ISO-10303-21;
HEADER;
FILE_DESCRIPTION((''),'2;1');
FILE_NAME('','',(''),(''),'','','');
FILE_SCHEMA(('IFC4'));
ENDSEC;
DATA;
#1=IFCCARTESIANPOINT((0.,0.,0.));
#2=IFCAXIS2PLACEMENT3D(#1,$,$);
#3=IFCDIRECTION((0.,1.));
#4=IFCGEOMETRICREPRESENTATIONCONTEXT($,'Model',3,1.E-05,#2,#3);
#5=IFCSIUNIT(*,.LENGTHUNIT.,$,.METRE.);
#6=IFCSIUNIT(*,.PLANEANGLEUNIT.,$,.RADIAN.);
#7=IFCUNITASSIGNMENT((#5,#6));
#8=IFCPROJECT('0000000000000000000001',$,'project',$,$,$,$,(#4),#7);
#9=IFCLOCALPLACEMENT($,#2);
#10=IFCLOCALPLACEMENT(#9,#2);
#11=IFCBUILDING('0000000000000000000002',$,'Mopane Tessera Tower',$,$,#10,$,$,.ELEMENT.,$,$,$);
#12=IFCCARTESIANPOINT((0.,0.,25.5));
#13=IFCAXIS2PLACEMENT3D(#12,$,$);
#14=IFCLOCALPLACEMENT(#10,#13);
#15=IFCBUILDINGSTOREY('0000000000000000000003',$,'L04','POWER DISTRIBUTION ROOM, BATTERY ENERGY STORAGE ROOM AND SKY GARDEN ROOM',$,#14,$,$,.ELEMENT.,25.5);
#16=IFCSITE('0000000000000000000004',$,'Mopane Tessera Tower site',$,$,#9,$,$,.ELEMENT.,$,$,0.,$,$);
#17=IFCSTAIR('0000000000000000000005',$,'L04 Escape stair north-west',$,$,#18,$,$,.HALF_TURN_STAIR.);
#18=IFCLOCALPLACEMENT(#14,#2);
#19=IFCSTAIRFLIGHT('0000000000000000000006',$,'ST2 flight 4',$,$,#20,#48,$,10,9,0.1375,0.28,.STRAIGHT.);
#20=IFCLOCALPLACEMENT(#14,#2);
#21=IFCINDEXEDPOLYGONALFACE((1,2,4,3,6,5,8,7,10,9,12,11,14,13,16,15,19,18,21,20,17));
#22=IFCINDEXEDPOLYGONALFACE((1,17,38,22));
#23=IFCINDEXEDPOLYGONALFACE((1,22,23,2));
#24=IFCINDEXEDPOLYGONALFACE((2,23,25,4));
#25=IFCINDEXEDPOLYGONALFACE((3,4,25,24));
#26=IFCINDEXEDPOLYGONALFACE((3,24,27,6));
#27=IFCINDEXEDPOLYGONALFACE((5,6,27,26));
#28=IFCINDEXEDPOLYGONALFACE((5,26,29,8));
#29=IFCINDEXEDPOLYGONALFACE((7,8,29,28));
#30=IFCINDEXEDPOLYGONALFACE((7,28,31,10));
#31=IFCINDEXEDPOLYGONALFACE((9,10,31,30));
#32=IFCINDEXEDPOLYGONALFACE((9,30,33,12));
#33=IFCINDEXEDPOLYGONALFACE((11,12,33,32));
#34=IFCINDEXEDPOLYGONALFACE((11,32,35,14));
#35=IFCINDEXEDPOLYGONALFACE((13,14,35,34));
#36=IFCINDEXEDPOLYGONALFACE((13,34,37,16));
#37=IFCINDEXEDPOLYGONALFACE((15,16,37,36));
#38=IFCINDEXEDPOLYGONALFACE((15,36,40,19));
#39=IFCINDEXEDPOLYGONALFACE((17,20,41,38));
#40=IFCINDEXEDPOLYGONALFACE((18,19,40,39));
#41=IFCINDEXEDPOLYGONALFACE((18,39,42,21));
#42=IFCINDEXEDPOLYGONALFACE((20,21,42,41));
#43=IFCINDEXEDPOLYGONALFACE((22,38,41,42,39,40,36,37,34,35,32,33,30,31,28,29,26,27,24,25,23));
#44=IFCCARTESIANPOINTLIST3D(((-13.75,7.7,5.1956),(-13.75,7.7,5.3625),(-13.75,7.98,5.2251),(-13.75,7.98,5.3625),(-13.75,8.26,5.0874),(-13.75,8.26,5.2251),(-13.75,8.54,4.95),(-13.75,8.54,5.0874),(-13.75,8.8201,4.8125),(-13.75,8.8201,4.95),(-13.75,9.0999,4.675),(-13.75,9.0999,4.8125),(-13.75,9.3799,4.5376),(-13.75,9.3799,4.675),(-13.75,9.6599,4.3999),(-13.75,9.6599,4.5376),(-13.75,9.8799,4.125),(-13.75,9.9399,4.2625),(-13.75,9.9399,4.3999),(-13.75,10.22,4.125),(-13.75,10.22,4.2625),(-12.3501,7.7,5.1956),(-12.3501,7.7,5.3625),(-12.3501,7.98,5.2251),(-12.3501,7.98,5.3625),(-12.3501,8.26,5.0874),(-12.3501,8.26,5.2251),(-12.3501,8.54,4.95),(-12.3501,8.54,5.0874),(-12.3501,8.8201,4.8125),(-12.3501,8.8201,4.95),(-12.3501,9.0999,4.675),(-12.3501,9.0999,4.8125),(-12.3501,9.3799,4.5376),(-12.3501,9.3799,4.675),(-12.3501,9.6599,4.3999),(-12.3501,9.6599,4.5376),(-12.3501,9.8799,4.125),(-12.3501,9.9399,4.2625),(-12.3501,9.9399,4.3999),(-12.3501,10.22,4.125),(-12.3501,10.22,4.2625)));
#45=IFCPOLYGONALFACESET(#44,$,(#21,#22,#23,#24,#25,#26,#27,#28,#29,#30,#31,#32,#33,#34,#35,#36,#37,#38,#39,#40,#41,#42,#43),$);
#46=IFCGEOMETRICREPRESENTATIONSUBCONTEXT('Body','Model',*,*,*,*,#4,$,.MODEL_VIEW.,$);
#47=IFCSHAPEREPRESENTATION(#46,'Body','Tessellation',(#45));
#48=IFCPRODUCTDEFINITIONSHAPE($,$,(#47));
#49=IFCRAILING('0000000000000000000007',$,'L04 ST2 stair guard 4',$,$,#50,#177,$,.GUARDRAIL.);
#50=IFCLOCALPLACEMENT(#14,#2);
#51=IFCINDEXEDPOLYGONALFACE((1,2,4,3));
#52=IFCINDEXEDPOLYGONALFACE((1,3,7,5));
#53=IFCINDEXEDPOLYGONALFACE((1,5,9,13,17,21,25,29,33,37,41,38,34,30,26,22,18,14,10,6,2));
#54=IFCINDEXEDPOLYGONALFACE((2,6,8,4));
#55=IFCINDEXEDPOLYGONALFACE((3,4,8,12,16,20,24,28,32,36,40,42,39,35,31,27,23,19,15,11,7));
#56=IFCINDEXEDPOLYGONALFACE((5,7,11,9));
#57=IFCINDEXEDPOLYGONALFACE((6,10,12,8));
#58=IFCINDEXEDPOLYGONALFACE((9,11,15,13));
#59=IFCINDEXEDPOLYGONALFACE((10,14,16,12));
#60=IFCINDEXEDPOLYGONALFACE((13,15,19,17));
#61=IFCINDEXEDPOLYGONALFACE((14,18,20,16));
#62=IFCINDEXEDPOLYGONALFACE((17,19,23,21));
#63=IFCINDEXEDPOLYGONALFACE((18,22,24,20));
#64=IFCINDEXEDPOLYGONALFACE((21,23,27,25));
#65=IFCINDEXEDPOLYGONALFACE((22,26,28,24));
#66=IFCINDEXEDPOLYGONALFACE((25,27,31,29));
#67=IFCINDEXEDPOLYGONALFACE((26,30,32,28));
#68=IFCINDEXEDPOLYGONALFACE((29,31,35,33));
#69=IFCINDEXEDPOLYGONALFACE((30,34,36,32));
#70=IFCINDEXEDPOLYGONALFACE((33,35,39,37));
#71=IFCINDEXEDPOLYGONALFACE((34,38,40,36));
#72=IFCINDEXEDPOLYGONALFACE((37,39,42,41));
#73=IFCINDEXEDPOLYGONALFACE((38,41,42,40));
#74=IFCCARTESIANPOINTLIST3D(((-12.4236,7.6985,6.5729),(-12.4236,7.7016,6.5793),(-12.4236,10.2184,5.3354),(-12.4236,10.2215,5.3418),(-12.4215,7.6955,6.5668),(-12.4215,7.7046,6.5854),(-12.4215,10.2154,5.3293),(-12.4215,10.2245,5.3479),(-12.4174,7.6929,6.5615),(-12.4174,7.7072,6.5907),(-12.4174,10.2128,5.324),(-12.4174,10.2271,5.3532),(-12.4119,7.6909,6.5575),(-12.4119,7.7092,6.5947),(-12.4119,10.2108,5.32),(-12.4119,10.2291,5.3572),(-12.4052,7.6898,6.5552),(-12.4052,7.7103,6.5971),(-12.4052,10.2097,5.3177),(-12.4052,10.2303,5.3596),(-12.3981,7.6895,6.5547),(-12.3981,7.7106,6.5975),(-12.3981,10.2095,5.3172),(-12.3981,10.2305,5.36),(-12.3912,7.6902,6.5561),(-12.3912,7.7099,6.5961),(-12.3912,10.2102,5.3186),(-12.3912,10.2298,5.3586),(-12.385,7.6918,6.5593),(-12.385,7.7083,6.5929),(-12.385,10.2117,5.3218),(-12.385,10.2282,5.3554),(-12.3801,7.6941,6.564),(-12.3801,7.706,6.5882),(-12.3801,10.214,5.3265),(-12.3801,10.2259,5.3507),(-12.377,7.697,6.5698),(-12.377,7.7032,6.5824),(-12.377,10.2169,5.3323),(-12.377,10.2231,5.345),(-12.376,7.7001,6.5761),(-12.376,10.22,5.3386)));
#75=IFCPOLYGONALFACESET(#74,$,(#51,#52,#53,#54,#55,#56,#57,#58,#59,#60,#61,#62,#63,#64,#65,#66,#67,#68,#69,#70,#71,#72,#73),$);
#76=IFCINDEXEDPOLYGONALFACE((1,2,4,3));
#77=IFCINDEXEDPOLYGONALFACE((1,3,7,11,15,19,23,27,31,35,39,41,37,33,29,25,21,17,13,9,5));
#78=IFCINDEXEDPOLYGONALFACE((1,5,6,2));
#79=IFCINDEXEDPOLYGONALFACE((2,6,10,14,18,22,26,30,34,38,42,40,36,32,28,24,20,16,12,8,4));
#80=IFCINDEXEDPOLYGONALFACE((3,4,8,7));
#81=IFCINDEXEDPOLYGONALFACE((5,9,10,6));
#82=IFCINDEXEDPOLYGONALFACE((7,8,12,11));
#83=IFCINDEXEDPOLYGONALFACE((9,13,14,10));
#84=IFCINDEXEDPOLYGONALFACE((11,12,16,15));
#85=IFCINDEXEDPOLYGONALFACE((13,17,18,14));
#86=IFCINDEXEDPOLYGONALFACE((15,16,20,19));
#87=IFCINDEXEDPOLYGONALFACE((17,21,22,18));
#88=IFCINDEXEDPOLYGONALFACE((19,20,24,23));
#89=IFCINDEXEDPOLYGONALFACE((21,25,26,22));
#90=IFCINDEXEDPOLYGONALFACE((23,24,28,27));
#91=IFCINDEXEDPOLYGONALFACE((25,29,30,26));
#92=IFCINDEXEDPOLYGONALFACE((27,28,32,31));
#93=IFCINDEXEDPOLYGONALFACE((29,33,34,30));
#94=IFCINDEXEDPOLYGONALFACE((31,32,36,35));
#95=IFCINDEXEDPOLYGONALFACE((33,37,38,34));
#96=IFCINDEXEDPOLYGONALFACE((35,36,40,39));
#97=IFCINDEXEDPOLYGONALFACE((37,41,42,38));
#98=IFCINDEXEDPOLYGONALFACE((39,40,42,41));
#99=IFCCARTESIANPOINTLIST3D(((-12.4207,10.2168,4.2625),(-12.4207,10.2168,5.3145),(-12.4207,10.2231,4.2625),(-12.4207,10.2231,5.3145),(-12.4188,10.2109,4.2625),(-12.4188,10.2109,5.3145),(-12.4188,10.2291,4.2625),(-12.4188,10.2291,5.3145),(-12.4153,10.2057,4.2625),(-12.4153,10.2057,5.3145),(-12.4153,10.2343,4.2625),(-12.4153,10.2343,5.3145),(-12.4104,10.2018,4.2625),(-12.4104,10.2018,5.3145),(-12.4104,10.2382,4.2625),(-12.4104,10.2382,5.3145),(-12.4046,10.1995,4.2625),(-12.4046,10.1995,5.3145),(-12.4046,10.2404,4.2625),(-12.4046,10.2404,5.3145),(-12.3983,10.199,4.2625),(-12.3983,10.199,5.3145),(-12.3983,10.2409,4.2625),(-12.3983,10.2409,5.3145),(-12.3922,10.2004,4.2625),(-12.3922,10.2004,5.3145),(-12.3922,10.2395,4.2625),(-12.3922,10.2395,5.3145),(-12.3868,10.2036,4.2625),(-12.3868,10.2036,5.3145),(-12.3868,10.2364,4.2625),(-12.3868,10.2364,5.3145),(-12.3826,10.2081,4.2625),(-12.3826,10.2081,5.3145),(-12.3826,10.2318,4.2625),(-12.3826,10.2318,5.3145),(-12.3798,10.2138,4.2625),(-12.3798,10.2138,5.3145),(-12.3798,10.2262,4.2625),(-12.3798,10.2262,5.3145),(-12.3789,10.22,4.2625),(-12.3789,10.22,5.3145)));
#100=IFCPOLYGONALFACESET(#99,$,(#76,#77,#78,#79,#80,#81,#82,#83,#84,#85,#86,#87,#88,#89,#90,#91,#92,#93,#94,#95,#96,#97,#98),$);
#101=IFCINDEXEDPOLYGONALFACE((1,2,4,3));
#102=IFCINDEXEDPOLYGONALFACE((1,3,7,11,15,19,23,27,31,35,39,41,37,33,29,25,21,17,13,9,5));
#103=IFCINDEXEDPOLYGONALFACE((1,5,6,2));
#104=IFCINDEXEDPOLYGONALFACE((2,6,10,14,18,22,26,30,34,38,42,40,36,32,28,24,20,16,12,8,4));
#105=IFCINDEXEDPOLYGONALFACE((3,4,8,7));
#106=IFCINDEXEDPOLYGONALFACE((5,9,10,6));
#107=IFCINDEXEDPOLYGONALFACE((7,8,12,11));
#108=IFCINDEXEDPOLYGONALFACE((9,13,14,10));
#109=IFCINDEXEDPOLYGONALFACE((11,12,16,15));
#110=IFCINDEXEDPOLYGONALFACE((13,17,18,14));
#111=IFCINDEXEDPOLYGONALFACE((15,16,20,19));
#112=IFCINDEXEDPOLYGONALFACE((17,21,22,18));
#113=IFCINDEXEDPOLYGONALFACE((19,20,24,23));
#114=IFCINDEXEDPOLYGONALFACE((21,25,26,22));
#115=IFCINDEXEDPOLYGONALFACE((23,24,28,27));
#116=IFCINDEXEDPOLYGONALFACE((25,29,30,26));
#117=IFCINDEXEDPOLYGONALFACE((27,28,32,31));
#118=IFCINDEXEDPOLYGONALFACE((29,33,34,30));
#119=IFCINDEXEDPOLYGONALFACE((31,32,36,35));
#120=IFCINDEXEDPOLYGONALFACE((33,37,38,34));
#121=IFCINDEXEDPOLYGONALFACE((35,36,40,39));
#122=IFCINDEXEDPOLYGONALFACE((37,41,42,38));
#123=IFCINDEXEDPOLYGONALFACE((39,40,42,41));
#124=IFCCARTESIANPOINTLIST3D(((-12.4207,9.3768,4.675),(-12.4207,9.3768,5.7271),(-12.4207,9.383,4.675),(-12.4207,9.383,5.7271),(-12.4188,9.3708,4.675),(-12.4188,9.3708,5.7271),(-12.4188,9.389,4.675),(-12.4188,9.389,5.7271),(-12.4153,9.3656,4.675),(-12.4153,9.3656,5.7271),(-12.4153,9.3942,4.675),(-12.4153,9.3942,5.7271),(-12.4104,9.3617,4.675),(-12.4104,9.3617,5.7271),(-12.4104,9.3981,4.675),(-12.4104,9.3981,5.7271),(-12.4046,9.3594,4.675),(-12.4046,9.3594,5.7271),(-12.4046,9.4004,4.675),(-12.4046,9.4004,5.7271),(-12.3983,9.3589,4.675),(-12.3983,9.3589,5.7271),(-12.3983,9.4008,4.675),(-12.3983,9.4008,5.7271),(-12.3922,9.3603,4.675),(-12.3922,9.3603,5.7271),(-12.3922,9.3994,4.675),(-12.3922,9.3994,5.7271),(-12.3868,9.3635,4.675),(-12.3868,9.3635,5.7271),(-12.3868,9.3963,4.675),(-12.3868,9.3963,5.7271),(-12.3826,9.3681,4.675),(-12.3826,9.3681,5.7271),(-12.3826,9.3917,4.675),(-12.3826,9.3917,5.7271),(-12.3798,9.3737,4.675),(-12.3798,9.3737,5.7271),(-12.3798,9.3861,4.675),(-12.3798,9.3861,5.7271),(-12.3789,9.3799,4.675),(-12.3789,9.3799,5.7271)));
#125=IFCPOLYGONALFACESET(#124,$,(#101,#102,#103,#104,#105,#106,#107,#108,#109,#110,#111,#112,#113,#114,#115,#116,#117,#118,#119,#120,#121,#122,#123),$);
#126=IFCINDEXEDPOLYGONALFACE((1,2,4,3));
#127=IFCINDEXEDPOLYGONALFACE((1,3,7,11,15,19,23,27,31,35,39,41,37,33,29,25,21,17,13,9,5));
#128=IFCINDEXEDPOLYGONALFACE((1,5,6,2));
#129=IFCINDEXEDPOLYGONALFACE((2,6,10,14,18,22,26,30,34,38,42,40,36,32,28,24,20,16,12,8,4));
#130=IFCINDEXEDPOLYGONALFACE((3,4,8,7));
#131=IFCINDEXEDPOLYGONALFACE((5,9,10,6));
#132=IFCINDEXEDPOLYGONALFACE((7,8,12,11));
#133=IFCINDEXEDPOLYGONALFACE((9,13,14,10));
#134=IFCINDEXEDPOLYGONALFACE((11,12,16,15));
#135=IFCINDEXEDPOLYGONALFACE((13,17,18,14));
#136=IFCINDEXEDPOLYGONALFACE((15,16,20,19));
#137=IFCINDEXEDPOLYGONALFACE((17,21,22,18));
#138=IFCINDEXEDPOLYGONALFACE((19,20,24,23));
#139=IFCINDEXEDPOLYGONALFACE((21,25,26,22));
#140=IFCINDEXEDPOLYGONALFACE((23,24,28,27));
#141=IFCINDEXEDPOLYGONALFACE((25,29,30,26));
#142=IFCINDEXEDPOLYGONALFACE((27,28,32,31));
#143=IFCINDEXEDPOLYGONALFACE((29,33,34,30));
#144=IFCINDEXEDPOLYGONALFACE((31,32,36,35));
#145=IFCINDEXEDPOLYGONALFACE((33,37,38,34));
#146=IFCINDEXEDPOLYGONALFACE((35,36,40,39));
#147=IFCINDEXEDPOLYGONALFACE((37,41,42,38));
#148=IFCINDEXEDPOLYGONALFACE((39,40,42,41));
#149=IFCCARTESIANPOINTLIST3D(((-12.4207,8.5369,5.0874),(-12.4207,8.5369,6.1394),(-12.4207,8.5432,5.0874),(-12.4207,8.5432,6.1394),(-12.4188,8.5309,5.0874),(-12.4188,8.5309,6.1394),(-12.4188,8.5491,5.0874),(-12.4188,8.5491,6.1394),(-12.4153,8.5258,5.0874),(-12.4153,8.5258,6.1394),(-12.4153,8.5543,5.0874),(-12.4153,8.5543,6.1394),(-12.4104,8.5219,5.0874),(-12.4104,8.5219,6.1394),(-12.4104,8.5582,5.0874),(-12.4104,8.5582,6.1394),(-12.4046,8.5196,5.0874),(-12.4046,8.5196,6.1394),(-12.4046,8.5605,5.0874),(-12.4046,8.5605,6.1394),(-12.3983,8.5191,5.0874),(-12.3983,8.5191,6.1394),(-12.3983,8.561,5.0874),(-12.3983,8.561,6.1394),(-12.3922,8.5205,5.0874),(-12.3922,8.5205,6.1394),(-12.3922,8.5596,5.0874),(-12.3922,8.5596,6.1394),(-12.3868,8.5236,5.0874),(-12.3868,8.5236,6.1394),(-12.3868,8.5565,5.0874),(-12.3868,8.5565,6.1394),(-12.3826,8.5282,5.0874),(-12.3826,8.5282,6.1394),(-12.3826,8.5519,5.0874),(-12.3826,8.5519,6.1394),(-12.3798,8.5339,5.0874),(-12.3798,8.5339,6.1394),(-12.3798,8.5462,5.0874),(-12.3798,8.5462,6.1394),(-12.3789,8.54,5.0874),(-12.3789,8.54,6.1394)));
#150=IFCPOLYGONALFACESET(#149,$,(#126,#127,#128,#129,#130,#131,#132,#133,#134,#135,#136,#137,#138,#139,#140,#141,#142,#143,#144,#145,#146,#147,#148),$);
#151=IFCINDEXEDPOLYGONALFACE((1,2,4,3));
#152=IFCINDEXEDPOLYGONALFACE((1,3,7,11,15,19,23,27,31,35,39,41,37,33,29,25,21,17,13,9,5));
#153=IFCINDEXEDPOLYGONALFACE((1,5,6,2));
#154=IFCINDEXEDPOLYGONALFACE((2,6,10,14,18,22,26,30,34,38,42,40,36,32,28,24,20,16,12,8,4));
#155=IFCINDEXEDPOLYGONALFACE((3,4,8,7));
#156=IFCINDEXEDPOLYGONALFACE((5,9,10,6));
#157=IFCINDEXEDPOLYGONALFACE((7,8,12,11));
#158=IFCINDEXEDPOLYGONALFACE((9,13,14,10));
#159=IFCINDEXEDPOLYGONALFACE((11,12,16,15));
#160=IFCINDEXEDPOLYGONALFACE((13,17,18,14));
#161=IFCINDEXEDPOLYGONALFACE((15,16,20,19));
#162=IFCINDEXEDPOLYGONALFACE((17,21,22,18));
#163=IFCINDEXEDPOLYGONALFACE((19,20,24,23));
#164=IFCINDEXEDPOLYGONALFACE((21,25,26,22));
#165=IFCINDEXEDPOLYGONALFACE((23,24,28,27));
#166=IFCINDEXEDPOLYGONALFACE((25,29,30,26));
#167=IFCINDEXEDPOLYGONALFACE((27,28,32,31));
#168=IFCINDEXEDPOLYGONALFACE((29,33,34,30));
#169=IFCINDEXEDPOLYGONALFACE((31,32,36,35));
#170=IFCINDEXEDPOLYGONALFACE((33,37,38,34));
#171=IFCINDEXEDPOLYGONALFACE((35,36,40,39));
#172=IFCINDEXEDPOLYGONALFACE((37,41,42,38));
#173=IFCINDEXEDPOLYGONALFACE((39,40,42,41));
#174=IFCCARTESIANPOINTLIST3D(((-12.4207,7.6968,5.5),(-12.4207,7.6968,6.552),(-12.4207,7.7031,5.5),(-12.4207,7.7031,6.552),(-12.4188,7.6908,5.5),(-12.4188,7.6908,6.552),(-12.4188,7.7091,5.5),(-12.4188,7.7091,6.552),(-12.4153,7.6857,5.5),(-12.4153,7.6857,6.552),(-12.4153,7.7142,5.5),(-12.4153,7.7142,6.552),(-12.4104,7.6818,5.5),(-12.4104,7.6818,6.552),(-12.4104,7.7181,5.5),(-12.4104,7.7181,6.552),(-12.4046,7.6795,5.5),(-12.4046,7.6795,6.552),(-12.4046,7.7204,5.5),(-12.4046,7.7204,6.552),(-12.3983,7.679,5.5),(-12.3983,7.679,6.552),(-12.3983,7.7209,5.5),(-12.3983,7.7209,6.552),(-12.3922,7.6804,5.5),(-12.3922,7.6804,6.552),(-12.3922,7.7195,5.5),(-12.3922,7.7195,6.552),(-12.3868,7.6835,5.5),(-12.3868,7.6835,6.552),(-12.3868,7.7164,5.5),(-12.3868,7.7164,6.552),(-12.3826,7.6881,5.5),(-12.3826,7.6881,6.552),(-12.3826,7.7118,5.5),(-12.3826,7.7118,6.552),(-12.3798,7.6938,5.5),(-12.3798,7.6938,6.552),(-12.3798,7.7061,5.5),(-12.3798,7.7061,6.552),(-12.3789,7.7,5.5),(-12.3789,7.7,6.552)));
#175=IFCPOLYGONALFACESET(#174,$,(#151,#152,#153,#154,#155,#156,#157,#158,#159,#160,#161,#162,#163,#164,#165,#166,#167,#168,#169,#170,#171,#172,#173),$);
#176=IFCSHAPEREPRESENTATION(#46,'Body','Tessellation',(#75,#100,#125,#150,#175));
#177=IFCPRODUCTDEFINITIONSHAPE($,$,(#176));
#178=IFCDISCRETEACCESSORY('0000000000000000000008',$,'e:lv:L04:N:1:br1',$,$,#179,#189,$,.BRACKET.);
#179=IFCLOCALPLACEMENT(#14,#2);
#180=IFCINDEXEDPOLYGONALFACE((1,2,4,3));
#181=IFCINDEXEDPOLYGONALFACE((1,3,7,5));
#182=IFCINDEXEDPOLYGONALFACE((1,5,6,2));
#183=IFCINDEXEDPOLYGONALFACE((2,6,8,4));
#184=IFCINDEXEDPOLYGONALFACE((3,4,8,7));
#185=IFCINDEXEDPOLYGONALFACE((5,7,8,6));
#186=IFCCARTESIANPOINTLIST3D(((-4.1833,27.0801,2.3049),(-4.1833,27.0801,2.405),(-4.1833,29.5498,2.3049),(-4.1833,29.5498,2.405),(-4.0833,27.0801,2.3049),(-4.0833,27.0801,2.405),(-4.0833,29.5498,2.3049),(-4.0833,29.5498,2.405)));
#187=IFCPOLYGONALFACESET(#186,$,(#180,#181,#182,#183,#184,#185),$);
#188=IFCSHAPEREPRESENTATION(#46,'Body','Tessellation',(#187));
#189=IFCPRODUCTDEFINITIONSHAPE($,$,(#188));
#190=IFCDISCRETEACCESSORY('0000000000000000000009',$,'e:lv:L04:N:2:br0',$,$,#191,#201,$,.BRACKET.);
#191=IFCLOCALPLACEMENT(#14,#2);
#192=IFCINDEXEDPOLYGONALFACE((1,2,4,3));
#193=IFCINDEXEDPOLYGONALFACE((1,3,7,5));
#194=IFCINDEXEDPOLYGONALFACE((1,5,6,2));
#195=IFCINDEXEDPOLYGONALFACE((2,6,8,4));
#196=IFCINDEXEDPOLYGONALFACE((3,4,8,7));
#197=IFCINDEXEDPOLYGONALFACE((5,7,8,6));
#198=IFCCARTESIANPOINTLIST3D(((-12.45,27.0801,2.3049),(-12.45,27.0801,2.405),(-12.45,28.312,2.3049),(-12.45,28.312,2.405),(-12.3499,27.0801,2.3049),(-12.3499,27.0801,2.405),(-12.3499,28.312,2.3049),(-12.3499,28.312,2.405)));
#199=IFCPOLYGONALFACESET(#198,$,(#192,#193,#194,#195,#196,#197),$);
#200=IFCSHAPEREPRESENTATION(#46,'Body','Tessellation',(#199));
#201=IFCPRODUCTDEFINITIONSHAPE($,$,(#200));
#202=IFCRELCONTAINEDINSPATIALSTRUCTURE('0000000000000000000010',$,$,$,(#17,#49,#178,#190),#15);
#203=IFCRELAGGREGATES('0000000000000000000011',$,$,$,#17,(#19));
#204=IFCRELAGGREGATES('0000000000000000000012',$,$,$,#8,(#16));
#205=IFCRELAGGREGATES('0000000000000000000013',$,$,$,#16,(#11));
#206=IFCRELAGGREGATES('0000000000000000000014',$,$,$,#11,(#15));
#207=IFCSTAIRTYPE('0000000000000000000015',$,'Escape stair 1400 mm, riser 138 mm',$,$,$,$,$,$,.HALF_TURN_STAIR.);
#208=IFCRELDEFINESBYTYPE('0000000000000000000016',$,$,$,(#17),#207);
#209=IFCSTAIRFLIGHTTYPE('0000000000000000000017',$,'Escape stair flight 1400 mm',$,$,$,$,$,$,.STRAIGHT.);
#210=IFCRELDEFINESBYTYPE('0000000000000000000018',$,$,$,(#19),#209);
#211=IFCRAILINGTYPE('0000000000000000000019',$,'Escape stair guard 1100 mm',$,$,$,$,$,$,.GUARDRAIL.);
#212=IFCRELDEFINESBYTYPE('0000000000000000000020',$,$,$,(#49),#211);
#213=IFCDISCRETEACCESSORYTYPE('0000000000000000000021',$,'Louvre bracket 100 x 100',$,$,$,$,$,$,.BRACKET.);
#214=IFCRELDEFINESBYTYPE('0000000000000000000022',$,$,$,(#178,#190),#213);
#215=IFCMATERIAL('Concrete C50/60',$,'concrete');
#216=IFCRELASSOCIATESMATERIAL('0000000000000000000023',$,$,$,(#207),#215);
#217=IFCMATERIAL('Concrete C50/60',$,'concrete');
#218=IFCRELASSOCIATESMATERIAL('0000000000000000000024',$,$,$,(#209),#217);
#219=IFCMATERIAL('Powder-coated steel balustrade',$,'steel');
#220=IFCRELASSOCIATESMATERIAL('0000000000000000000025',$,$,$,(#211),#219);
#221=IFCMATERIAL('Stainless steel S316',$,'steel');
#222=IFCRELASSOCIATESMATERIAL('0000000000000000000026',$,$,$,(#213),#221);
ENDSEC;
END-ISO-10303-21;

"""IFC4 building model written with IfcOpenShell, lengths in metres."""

from ifc_helpers import new_model, si_unit, direction, frame, origin, origin_2d, place, context, subcontext, project, spatial, polyline, rectangle, circle, outline, extrude, material, type_object, element, aggregate, save


model = new_model("IFC4")

# Units and contexts
model_context = context("Model", 3, precision=1e-05, world=origin(), true_north=direction((0.0, 1.0)))
body_context = subcontext(model_context, "Body", "Model", "MODEL_VIEW")
ifc_project = project(units=[si_unit("LENGTHUNIT", "METRE"), si_unit("PLANEANGLEUNIT", "RADIAN")], contexts=[model_context])

# Site, building, storey
site_placement = place(None, origin())
site = spatial("IfcSite", under=ifc_project, at=site_placement, Name="Mopane Tessera Tower site", CompositionType="ELEMENT", RefElevation=0.0)
building_placement = place(site_placement, origin())
building = spatial("IfcBuilding", under=site, at=building_placement, Name="Mopane Tessera Tower", CompositionType="ELEMENT")
storey_placement = place(building_placement, frame((0.0, 0.0, 25.5)))
storey = spatial("IfcBuildingStorey", under=building, at=storey_placement, Name="L04", Description="POWER DISTRIBUTION ROOM, BATTERY ENERGY STORAGE ROOM AND SKY GARDEN ROOM", CompositionType="ELEMENT", Elevation=25.5)

# Stair, stair flight
ifc_material_1 = material(Name="Concrete C50/60", Category="concrete")
stair_type = type_object("IfcStairType", Name="Escape stair 1400 mm, riser 138 mm", PredefinedType="HALF_TURN_STAIR", material=ifc_material_1)
stair_placement = place(storey_placement, origin())
stair = element("IfcStair", 1, at=stair_placement, inside=storey, type_object=stair_type, Name="L04 Escape stair north-west", PredefinedType="HALF_TURN_STAIR")
ifc_material_2 = material(Name="Concrete C50/60", Category="concrete")
stair_flight_type = type_object("IfcStairFlightType", Name="Escape stair flight 1400 mm", PredefinedType="STRAIGHT", material=ifc_material_2)
stair_flight_1_placement = place(storey_placement, frame((-13.05, 10.22, 4.125), z_axis=(0.0, 0.0, 1.0), x_axis=(0.0, -1.0, 0.0)))
stair_flight_1 = element("IfcStairFlight", 2, at=stair_flight_1_placement, type_object=stair_flight_type, Name="ST2 flight 4", NumberOfRisers=10, NumberOfTreads=9, PredefinedType="STRAIGHT", RiserHeight=0.1375, TreadLength=0.28, context=body_context, shape_type="SweptSolid", body=[
    extrude(outline(polyline([(0.0, 0.0), (0.0, 0.1375), (0.28, 0.1375), (0.28, 0.2749), (0.5601, 0.2749), (0.5601, 0.4126), (0.8401, 0.4126), (0.8401, 0.55), (1.1201, 0.55), (1.1201, 0.6875), (1.3999, 0.6875), (1.3999, 0.825), (1.6799, 0.825), (1.6799, 0.9624), (1.96, 0.9624), (1.96, 1.1001), (2.24, 1.1001), (2.24, 1.2375), (2.52, 1.2375), (2.52, 1.375), (2.52, 1.0706), (0.3401, 0.0), (0.0, 0.0)])), frame((0.0, 0.7, 0.0), z_axis=(0.0, -1.0, 0.0), x_axis=(1.0, 0.0, 0.0)), (0.0, 0.0, 1.0), 1.3999),
])
aggregate(stair, [stair_flight_1])

# Railing
ifc_material_3 = material(Name="Powder-coated steel balustrade", Category="steel")
railing_type = type_object("IfcRailingType", Name="Escape stair guard 1100 mm", PredefinedType="GUARDRAIL", material=ifc_material_3)
railing_1_placement = place(storey_placement, frame((-12.3999, 10.22, 4.2625)))
element("IfcRailing", 3, at=railing_1_placement, inside=storey, type_object=railing_type, Name="L04 ST2 stair guard 4", PredefinedType="GUARDRAIL", context=body_context, shape_type="SweptSolid", body=[
    extrude(circle(Radius=0.0239, at=origin_2d()), frame((0.0, 0.0, 1.0762), z_axis=(0.0, -0.897604, 0.440802), x_axis=(1.0, 0.0, 0.0)), (0.0, 0.0, 1.0), 2.8074),
    extrude(circle(Radius=0.021, at=origin_2d()), origin(), (0.0, 0.0, 1.0), 1.052),
    extrude(circle(Radius=0.021, at=origin_2d()), frame((0.0, -0.8401, 0.4126)), (0.0, 0.0, 1.0), 1.052),
    extrude(circle(Radius=0.021, at=origin_2d()), frame((0.0, -1.6799, 0.825)), (0.0, 0.0, 1.0), 1.052),
    extrude(circle(Radius=0.021, at=origin_2d()), frame((0.0, -2.52, 1.2375)), (0.0, 0.0, 1.0), 1.052),
])

# Discrete accessories
ifc_material_4 = material(Name="Stainless steel S316", Category="steel")
discrete_accessory_type = type_object("IfcDiscreteAccessoryType", Name="Louvre bracket 100 x 100", PredefinedType="BRACKET", material=ifc_material_4)
discrete_accessory_1_placement = place(storey_placement, frame((-4.1333, 28.3149, 2.3049), z_axis=(0.0, 0.0, 1.0), x_axis=(0.0, 1.0, 0.0)))
element("IfcDiscreteAccessory", 4, at=discrete_accessory_1_placement, inside=storey, type_object=discrete_accessory_type, Name="e:lv:L04:N:1:br1", PredefinedType="BRACKET", context=body_context, shape_type="SweptSolid", body=[
    extrude(rectangle(XDim=2.4697, YDim=0.1001, at=origin_2d()), origin(), (0.0, 0.0, 1.0), 0.1001),
])
discrete_accessory_2_placement = place(storey_placement, frame((-12.3999, 27.696, 2.3049), z_axis=(0.0, 0.0, 1.0), x_axis=(0.0, 1.0, 0.0)))
element("IfcDiscreteAccessory", 5, at=discrete_accessory_2_placement, inside=storey, type_object=discrete_accessory_type, Name="e:lv:L04:N:2:br0", PredefinedType="BRACKET", context=body_context, shape_type="SweptSolid", body=[
    extrude(rectangle(XDim=1.2319, YDim=0.1001, at=origin_2d()), origin(), (0.0, 0.0, 1.0), 0.1001),
])

save(model, "model.ifc")
